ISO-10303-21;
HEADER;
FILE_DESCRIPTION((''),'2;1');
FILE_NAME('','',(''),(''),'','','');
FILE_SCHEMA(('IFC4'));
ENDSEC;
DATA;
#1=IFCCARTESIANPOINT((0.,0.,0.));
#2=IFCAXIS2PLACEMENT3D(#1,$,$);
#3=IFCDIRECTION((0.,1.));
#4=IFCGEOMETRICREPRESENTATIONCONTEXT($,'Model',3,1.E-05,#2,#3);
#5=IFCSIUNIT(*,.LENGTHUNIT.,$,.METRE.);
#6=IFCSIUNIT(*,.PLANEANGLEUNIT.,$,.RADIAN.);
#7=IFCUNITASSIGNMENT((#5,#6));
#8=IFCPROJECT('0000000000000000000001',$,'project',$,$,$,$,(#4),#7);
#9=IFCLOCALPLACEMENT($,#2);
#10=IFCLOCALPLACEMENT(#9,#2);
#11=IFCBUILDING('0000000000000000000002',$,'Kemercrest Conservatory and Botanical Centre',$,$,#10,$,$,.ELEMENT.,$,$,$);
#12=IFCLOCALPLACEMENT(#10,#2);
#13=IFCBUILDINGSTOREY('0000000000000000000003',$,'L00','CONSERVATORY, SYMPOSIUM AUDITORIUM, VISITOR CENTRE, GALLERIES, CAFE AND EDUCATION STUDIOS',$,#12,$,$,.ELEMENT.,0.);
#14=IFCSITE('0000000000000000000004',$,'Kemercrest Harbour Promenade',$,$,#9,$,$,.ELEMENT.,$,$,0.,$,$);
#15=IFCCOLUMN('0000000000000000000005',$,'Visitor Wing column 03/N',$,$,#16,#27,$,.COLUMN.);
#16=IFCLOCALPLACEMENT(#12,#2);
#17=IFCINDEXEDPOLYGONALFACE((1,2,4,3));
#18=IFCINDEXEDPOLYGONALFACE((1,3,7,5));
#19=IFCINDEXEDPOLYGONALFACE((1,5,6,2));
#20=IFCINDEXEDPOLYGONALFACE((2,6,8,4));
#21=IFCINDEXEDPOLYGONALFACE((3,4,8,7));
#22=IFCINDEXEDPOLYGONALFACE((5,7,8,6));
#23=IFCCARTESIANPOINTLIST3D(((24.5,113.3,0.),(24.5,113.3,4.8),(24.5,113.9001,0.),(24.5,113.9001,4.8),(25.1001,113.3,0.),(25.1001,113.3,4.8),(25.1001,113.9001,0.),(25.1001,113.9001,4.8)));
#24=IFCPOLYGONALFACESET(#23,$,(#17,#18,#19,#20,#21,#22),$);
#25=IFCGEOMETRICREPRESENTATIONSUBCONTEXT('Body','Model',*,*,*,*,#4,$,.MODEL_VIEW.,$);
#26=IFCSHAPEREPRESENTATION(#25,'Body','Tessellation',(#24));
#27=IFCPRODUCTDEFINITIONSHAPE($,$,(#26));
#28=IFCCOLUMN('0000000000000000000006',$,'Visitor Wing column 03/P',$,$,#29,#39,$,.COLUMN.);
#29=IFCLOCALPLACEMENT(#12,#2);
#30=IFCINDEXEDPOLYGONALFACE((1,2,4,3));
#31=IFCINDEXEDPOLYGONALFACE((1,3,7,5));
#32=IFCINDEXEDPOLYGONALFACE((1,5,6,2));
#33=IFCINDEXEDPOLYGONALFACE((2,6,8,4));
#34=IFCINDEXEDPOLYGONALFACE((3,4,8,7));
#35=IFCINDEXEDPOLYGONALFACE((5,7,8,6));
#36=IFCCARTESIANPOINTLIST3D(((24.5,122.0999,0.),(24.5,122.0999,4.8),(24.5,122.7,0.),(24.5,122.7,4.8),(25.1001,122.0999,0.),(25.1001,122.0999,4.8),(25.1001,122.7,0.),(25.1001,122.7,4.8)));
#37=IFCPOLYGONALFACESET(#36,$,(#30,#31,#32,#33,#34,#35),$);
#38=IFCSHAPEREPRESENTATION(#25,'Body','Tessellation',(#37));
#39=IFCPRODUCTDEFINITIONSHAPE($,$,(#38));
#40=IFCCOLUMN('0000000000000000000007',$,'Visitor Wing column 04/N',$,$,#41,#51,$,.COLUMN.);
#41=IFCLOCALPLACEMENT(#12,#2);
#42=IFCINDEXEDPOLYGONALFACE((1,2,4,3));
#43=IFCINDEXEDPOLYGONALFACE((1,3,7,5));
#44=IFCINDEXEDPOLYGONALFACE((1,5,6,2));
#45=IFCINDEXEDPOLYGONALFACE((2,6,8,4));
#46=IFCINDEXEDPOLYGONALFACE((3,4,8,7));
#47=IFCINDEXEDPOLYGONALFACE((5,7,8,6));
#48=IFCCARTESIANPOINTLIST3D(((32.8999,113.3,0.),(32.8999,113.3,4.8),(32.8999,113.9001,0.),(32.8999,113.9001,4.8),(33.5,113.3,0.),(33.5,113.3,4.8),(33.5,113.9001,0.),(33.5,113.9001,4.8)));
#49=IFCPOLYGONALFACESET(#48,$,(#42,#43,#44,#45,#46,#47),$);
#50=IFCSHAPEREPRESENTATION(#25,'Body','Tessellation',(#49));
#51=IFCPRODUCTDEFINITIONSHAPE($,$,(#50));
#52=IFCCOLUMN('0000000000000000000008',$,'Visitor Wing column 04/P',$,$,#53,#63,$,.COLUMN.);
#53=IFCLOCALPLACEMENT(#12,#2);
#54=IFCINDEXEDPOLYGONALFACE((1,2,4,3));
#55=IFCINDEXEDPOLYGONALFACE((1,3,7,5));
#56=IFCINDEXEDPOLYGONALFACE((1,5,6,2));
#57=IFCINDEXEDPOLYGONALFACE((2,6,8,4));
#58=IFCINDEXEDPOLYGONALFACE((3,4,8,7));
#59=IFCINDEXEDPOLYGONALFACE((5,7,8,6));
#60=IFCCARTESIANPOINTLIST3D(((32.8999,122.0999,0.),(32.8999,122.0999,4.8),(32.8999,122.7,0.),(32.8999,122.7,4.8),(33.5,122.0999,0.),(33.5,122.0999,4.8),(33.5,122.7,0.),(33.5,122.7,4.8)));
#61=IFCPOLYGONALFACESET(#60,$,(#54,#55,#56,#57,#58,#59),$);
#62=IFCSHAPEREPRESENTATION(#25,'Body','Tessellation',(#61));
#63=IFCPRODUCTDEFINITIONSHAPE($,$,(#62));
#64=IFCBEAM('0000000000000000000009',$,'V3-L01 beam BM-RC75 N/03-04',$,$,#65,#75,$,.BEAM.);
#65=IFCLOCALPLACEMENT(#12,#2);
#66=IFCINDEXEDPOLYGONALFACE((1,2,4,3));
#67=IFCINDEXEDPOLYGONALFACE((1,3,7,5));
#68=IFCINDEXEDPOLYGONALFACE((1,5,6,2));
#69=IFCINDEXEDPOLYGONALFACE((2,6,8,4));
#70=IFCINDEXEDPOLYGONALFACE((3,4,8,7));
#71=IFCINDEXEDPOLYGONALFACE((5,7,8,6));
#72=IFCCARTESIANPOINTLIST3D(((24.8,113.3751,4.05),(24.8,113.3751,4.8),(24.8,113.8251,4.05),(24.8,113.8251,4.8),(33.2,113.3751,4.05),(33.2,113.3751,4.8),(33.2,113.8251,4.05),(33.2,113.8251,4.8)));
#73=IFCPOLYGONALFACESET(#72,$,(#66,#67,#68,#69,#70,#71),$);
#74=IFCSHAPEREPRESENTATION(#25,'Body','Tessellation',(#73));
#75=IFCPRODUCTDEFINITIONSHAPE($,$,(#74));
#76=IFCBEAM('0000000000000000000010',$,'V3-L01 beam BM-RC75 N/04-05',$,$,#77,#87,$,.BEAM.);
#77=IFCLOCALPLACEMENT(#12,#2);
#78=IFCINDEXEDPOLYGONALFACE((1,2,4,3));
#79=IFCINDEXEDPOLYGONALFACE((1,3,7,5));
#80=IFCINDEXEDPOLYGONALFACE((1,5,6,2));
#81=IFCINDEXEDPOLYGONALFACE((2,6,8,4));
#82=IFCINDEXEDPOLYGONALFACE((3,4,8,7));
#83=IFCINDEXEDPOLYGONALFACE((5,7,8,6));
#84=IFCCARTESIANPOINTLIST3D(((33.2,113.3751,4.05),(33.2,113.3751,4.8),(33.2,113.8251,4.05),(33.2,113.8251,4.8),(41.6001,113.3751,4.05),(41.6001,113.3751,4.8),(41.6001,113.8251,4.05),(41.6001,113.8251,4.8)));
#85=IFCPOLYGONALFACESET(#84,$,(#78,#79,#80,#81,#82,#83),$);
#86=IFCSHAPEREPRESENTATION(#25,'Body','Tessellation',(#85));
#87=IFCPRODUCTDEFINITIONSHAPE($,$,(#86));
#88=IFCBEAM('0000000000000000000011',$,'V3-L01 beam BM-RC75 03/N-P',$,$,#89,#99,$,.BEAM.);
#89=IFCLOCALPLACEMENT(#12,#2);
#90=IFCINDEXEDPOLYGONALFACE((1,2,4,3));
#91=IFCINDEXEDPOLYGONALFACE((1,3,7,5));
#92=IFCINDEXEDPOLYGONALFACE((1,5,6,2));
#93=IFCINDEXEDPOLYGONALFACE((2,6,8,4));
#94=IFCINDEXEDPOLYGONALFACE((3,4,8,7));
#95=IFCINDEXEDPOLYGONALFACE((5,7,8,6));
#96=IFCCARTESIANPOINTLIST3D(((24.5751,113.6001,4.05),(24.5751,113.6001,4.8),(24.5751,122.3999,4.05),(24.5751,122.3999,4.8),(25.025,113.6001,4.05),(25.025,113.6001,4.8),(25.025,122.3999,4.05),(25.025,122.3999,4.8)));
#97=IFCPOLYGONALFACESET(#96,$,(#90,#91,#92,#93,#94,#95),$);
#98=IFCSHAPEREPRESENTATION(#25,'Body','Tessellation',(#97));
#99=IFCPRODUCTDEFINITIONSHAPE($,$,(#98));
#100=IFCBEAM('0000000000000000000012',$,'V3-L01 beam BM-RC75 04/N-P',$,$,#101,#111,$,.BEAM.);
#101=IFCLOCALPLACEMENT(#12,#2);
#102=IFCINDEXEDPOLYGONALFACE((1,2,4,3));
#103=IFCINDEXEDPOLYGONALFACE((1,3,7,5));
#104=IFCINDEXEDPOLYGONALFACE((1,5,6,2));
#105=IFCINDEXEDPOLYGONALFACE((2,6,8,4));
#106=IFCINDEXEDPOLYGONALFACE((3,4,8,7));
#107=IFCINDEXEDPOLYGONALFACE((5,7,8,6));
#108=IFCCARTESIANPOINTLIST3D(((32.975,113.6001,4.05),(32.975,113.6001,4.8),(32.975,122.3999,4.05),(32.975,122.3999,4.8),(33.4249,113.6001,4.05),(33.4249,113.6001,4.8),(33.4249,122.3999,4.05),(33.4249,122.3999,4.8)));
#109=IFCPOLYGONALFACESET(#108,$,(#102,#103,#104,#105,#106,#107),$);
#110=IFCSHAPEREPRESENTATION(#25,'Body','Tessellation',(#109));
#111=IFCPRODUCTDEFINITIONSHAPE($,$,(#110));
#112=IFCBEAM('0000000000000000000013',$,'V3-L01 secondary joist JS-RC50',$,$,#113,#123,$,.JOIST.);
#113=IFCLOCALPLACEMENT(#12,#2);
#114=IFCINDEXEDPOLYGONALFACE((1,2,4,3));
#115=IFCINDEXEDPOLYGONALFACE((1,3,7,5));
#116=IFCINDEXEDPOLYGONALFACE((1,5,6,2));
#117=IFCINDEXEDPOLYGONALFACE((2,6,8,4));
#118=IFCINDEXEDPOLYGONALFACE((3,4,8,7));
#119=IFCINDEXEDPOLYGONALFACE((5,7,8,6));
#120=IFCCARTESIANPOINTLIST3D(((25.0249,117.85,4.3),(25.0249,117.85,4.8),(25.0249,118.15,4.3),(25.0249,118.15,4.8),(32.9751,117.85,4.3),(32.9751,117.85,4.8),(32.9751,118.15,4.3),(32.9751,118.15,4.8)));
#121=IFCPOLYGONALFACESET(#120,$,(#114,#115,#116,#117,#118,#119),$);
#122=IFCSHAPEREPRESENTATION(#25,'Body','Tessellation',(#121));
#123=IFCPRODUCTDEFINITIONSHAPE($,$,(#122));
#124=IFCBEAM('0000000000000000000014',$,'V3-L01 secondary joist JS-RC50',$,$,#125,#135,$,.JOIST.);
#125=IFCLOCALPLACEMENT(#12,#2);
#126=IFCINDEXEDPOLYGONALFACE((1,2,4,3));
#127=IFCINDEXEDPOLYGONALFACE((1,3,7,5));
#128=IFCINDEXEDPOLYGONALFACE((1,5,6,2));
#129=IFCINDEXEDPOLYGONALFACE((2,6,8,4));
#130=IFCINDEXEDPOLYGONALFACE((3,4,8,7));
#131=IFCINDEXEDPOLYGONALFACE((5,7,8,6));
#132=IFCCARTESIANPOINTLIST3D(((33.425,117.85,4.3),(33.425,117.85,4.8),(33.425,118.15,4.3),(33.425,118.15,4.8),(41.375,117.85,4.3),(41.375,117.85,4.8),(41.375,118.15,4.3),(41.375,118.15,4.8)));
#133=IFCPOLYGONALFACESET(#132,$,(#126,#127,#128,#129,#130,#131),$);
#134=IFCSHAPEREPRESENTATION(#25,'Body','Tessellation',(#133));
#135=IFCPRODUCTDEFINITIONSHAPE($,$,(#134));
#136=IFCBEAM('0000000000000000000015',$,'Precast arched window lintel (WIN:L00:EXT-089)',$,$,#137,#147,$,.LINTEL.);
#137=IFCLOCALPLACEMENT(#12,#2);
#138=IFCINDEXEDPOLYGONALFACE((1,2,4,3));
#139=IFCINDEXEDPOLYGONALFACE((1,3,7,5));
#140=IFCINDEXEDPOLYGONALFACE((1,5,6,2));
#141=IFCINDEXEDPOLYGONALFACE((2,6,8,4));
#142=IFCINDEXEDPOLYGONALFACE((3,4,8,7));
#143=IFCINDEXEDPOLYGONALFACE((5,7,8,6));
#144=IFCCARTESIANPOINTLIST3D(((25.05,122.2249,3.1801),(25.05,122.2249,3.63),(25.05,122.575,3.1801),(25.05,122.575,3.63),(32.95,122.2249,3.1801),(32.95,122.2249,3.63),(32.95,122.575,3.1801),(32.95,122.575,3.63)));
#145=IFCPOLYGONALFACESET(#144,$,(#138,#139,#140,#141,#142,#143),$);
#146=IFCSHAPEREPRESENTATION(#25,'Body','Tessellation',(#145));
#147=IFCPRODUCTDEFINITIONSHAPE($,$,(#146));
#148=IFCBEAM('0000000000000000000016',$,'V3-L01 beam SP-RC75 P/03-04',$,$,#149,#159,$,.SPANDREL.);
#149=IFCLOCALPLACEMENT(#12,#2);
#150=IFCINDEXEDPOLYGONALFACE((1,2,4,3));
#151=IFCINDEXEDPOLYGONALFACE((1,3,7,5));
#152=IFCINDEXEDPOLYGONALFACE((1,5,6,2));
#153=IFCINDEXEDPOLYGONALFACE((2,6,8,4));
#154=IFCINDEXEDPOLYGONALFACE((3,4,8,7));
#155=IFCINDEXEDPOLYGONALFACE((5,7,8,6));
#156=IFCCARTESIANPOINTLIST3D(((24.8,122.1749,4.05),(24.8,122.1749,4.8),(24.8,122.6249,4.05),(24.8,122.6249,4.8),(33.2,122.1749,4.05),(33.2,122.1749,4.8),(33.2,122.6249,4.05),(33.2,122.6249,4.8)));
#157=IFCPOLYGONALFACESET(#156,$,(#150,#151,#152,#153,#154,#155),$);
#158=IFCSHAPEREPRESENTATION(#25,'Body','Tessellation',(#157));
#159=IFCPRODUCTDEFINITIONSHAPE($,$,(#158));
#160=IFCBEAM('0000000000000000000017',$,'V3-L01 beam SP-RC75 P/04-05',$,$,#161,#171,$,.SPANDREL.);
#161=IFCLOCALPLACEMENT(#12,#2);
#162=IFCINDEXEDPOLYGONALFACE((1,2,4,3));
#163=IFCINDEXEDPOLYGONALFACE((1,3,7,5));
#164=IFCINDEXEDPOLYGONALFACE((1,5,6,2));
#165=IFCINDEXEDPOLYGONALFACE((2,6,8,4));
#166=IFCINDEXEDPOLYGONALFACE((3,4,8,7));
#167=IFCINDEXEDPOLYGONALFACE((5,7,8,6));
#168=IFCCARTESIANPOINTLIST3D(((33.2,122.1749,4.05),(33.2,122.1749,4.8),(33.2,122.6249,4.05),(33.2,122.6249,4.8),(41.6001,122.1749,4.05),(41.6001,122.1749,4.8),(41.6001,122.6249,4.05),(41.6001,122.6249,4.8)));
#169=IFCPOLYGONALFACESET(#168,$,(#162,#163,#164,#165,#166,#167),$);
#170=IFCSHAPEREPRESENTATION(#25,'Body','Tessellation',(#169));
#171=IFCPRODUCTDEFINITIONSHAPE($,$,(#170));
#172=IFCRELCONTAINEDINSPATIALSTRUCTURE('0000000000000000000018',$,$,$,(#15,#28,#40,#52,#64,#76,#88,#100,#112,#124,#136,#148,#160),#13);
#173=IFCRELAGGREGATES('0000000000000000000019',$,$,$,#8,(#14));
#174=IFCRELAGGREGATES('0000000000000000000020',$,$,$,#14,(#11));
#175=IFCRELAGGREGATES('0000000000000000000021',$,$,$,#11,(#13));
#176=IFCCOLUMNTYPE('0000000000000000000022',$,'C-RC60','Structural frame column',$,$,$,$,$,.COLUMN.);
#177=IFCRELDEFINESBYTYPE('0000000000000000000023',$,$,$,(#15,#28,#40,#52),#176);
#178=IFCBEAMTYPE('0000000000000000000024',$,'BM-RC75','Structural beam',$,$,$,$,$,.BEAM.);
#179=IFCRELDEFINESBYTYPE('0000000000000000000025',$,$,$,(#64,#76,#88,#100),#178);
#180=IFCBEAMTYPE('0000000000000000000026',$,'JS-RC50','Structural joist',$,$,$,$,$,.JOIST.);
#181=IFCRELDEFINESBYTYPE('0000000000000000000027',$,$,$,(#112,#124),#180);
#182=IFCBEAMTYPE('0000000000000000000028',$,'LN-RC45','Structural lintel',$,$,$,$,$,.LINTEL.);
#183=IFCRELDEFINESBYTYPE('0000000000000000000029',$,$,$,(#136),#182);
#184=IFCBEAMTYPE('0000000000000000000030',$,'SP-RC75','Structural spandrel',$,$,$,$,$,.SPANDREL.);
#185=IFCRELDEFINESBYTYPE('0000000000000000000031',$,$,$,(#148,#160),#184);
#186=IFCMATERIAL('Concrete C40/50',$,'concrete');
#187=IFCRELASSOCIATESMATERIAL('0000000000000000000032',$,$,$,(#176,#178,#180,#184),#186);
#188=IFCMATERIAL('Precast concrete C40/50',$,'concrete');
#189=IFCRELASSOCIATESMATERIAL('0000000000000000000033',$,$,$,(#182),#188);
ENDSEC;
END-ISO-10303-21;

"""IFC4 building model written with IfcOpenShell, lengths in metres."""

from ifc_helpers import new_model, si_unit, direction, frame, origin, origin_2d, place, context, subcontext, project, spatial, rectangle, extrude, material, material_profile, profile_set, type_object, element, save


model = new_model("IFC4")

# Units and contexts
model_context = context("Model", 3, precision=1e-05, world=origin(), true_north=direction((0.0, 1.0)))
body_context = subcontext(model_context, "Body", "Model", "MODEL_VIEW")
ifc_project = project(units=[si_unit("LENGTHUNIT", "METRE"), si_unit("PLANEANGLEUNIT", "RADIAN")], contexts=[model_context])

# Site, building, storey
site_placement = place(None, origin())
site = spatial("IfcSite", under=ifc_project, at=site_placement, Name="Kemercrest Harbour Promenade", CompositionType="ELEMENT", RefElevation=0.0)
building_placement = place(site_placement, origin())
building = spatial("IfcBuilding", under=site, at=building_placement, Name="Kemercrest Conservatory and Botanical Centre", CompositionType="ELEMENT")
storey_placement = place(building_placement, origin())
storey = spatial("IfcBuildingStorey", under=building, at=storey_placement, Name="L00", Description="CONSERVATORY, SYMPOSIUM AUDITORIUM, VISITOR CENTRE, GALLERIES, CAFE AND EDUCATION STUDIOS", CompositionType="ELEMENT", Elevation=0.0)

# Columns
ifc_material_1 = material(Name="Concrete C40/50", Category="concrete")
ifc_material_profile_1 = material_profile(ifc_material_1, rectangle(XDim=0.6001, YDim=0.6001, at=origin_2d()), Name="RC 600x600")
ifc_profile_set_1 = profile_set([ifc_material_profile_1], Name="Concrete C40/50")
column_type = type_object("IfcColumnType", Name="C-RC60", Description="Structural frame column", PredefinedType="COLUMN", material=ifc_profile_set_1)
for number, where, z_axis, x_axis, name in (
    (1, (24.8, 113.6001, 0.0), (0.0, 0.0, 1.0), (1.0, 0.0, 0.0), "Visitor Wing column 03/N"),
    (2, (24.8, 122.3999, 0.0), (0.0, 0.0, 1.0), (1.0, 0.0, 0.0), "Visitor Wing column 03/P"),
    (3, (33.2, 113.6001, 0.0), (0.0, 0.0, 1.0), (1.0, 0.0, 0.0), "Visitor Wing column 04/N"),
    (4, (33.2, 122.3999, 0.0), (0.0, 0.0, 1.0), (1.0, 0.0, 0.0), "Visitor Wing column 04/P"),
):
    element("IfcColumn", number, at=place(storey_placement, frame(where, z_axis=z_axis, x_axis=x_axis)), inside=storey, type_object=column_type, Name=name, PredefinedType="COLUMN", context=body_context, shape_type="SweptSolid", body=[
        extrude(rectangle(XDim=0.6001, YDim=0.6001, at=origin_2d()), origin(), (0.0, 0.0, 1.0), 4.8),
    ])

# Beams
ifc_material_profile_2 = material_profile(ifc_material_1, rectangle(XDim=0.45, YDim=0.75, at=origin_2d()), Name="RC 450x750")
ifc_profile_set_2 = profile_set([ifc_material_profile_2], Name="Concrete C40/50")
beam_type_1 = type_object("IfcBeamType", Name="BM-RC75", Description="Structural beam", PredefinedType="BEAM", material=ifc_profile_set_2)
beam_1_placement = place(storey_placement, frame((24.8, 113.6001, 4.425), z_axis=(1.0, 0.0, 0.0), x_axis=(0.0, 1.0, 0.0)))
element("IfcBeam", 5, at=beam_1_placement, inside=storey, type_object=beam_type_1, Name="V3-L01 beam BM-RC75 N/03-04", PredefinedType="BEAM", context=body_context, shape_type="SweptSolid", body=[
    extrude(rectangle(XDim=0.45, YDim=0.75, at=origin_2d()), origin(), (0.0, 0.0, 1.0), 8.3999),
])
beam_2_placement = place(storey_placement, frame((33.2, 113.6001, 4.425), z_axis=(1.0, 0.0, 0.0), x_axis=(0.0, 1.0, 0.0)))
element("IfcBeam", 6, at=beam_2_placement, inside=storey, type_object=beam_type_1, Name="V3-L01 beam BM-RC75 N/04-05", PredefinedType="BEAM", context=body_context, shape_type="SweptSolid", body=[
    extrude(rectangle(XDim=0.45, YDim=0.75, at=origin_2d()), origin(), (0.0, 0.0, 1.0), 8.4001),
])
for number, where, z_axis, x_axis, name in (
    (7, (24.8, 113.6001, 4.425), (0.0, 1.0, 0.0), (-1.0, 0.0, 0.0), "V3-L01 beam BM-RC75 03/N-P"),
    (8, (33.2, 113.6001, 4.425), (0.0, 1.0, 0.0), (-1.0, 0.0, 0.0), "V3-L01 beam BM-RC75 04/N-P"),
):
    element("IfcBeam", number, at=place(storey_placement, frame(where, z_axis=z_axis, x_axis=x_axis)), inside=storey, type_object=beam_type_1, Name=name, PredefinedType="BEAM", context=body_context, shape_type="SweptSolid", body=[
        extrude(rectangle(XDim=0.45, YDim=0.75, at=origin_2d()), origin(), (0.0, 0.0, 1.0), 8.7998),
    ])
ifc_material_profile_3 = material_profile(ifc_material_1, rectangle(XDim=0.3, YDim=0.5, at=origin_2d()), Name="RC 300x500")
ifc_profile_set_3 = profile_set([ifc_material_profile_3], Name="Concrete C40/50")
beam_type_2 = type_object("IfcBeamType", Name="JS-RC50", Description="Structural joist", PredefinedType="JOIST", material=ifc_profile_set_3)
beam_3_placement = place(storey_placement, frame((25.0249, 118.0, 4.55), z_axis=(1.0, 0.0, 0.0), x_axis=(0.0, 1.0, 0.0)))
element("IfcBeam", 9, at=beam_3_placement, inside=storey, type_object=beam_type_2, Name="V3-L01 secondary joist JS-RC50", PredefinedType="JOIST", context=body_context, shape_type="SweptSolid", body=[
    extrude(rectangle(XDim=0.3, YDim=0.5, at=origin_2d()), origin(), (0.0, 0.0, 1.0), 7.9502),
])
beam_4_placement = place(storey_placement, frame((33.425, 118.0, 4.55), z_axis=(1.0, 0.0, 0.0), x_axis=(0.0, 1.0, 0.0)))
element("IfcBeam", 10, at=beam_4_placement, inside=storey, type_object=beam_type_2, Name="V3-L01 secondary joist JS-RC50", PredefinedType="JOIST", context=body_context, shape_type="SweptSolid", body=[
    extrude(rectangle(XDim=0.3, YDim=0.5, at=origin_2d()), origin(), (0.0, 0.0, 1.0), 7.95),
])
ifc_material_2 = material(Name="Precast concrete C40/50", Category="concrete")
ifc_material_profile_4 = material_profile(ifc_material_2, rectangle(XDim=0.3501, YDim=0.45, at=origin_2d()), Name="RC 350x450")
ifc_profile_set_4 = profile_set([ifc_material_profile_4], Name="Precast concrete C40/50")
beam_type_3 = type_object("IfcBeamType", Name="LN-RC45", Description="Structural lintel", PredefinedType="LINTEL", material=ifc_profile_set_4)
beam_5_placement = place(storey_placement, frame((32.95, 122.3999, 3.405), z_axis=(-1.0, 0.0, 0.0), x_axis=(0.0, -1.0, 0.0)))
element("IfcBeam", 11, at=beam_5_placement, inside=storey, type_object=beam_type_3, Name="Precast arched window lintel (WIN:L00:EXT-089)", PredefinedType="LINTEL", context=body_context, shape_type="SweptSolid", body=[
    extrude(rectangle(XDim=0.3501, YDim=0.45, at=origin_2d()), origin(), (0.0, 0.0, 1.0), 7.8999),
])
ifc_material_profile_5 = material_profile(ifc_material_1, rectangle(XDim=0.45, YDim=0.75, at=origin_2d()), Name="RC 450x750")
ifc_profile_set_5 = profile_set([ifc_material_profile_5], Name="Concrete C40/50")
beam_type_4 = type_object("IfcBeamType", Name="SP-RC75", Description="Structural spandrel", PredefinedType="SPANDREL", material=ifc_profile_set_5)
beam_6_placement = place(storey_placement, frame((24.8, 122.3999, 4.425), z_axis=(1.0, 0.0, 0.0), x_axis=(0.0, 1.0, 0.0)))
element("IfcBeam", 12, at=beam_6_placement, inside=storey, type_object=beam_type_4, Name="V3-L01 beam SP-RC75 P/03-04", PredefinedType="SPANDREL", context=body_context, shape_type="SweptSolid", body=[
    extrude(rectangle(XDim=0.45, YDim=0.75, at=origin_2d()), origin(), (0.0, 0.0, 1.0), 8.3999),
])
beam_7_placement = place(storey_placement, frame((33.2, 122.3999, 4.425), z_axis=(1.0, 0.0, 0.0), x_axis=(0.0, 1.0, 0.0)))
element("IfcBeam", 13, at=beam_7_placement, inside=storey, type_object=beam_type_4, Name="V3-L01 beam SP-RC75 P/04-05", PredefinedType="SPANDREL", context=body_context, shape_type="SweptSolid", body=[
    extrude(rectangle(XDim=0.45, YDim=0.75, at=origin_2d()), origin(), (0.0, 0.0, 1.0), 8.4001),
])

save(model, "model.ifc")
